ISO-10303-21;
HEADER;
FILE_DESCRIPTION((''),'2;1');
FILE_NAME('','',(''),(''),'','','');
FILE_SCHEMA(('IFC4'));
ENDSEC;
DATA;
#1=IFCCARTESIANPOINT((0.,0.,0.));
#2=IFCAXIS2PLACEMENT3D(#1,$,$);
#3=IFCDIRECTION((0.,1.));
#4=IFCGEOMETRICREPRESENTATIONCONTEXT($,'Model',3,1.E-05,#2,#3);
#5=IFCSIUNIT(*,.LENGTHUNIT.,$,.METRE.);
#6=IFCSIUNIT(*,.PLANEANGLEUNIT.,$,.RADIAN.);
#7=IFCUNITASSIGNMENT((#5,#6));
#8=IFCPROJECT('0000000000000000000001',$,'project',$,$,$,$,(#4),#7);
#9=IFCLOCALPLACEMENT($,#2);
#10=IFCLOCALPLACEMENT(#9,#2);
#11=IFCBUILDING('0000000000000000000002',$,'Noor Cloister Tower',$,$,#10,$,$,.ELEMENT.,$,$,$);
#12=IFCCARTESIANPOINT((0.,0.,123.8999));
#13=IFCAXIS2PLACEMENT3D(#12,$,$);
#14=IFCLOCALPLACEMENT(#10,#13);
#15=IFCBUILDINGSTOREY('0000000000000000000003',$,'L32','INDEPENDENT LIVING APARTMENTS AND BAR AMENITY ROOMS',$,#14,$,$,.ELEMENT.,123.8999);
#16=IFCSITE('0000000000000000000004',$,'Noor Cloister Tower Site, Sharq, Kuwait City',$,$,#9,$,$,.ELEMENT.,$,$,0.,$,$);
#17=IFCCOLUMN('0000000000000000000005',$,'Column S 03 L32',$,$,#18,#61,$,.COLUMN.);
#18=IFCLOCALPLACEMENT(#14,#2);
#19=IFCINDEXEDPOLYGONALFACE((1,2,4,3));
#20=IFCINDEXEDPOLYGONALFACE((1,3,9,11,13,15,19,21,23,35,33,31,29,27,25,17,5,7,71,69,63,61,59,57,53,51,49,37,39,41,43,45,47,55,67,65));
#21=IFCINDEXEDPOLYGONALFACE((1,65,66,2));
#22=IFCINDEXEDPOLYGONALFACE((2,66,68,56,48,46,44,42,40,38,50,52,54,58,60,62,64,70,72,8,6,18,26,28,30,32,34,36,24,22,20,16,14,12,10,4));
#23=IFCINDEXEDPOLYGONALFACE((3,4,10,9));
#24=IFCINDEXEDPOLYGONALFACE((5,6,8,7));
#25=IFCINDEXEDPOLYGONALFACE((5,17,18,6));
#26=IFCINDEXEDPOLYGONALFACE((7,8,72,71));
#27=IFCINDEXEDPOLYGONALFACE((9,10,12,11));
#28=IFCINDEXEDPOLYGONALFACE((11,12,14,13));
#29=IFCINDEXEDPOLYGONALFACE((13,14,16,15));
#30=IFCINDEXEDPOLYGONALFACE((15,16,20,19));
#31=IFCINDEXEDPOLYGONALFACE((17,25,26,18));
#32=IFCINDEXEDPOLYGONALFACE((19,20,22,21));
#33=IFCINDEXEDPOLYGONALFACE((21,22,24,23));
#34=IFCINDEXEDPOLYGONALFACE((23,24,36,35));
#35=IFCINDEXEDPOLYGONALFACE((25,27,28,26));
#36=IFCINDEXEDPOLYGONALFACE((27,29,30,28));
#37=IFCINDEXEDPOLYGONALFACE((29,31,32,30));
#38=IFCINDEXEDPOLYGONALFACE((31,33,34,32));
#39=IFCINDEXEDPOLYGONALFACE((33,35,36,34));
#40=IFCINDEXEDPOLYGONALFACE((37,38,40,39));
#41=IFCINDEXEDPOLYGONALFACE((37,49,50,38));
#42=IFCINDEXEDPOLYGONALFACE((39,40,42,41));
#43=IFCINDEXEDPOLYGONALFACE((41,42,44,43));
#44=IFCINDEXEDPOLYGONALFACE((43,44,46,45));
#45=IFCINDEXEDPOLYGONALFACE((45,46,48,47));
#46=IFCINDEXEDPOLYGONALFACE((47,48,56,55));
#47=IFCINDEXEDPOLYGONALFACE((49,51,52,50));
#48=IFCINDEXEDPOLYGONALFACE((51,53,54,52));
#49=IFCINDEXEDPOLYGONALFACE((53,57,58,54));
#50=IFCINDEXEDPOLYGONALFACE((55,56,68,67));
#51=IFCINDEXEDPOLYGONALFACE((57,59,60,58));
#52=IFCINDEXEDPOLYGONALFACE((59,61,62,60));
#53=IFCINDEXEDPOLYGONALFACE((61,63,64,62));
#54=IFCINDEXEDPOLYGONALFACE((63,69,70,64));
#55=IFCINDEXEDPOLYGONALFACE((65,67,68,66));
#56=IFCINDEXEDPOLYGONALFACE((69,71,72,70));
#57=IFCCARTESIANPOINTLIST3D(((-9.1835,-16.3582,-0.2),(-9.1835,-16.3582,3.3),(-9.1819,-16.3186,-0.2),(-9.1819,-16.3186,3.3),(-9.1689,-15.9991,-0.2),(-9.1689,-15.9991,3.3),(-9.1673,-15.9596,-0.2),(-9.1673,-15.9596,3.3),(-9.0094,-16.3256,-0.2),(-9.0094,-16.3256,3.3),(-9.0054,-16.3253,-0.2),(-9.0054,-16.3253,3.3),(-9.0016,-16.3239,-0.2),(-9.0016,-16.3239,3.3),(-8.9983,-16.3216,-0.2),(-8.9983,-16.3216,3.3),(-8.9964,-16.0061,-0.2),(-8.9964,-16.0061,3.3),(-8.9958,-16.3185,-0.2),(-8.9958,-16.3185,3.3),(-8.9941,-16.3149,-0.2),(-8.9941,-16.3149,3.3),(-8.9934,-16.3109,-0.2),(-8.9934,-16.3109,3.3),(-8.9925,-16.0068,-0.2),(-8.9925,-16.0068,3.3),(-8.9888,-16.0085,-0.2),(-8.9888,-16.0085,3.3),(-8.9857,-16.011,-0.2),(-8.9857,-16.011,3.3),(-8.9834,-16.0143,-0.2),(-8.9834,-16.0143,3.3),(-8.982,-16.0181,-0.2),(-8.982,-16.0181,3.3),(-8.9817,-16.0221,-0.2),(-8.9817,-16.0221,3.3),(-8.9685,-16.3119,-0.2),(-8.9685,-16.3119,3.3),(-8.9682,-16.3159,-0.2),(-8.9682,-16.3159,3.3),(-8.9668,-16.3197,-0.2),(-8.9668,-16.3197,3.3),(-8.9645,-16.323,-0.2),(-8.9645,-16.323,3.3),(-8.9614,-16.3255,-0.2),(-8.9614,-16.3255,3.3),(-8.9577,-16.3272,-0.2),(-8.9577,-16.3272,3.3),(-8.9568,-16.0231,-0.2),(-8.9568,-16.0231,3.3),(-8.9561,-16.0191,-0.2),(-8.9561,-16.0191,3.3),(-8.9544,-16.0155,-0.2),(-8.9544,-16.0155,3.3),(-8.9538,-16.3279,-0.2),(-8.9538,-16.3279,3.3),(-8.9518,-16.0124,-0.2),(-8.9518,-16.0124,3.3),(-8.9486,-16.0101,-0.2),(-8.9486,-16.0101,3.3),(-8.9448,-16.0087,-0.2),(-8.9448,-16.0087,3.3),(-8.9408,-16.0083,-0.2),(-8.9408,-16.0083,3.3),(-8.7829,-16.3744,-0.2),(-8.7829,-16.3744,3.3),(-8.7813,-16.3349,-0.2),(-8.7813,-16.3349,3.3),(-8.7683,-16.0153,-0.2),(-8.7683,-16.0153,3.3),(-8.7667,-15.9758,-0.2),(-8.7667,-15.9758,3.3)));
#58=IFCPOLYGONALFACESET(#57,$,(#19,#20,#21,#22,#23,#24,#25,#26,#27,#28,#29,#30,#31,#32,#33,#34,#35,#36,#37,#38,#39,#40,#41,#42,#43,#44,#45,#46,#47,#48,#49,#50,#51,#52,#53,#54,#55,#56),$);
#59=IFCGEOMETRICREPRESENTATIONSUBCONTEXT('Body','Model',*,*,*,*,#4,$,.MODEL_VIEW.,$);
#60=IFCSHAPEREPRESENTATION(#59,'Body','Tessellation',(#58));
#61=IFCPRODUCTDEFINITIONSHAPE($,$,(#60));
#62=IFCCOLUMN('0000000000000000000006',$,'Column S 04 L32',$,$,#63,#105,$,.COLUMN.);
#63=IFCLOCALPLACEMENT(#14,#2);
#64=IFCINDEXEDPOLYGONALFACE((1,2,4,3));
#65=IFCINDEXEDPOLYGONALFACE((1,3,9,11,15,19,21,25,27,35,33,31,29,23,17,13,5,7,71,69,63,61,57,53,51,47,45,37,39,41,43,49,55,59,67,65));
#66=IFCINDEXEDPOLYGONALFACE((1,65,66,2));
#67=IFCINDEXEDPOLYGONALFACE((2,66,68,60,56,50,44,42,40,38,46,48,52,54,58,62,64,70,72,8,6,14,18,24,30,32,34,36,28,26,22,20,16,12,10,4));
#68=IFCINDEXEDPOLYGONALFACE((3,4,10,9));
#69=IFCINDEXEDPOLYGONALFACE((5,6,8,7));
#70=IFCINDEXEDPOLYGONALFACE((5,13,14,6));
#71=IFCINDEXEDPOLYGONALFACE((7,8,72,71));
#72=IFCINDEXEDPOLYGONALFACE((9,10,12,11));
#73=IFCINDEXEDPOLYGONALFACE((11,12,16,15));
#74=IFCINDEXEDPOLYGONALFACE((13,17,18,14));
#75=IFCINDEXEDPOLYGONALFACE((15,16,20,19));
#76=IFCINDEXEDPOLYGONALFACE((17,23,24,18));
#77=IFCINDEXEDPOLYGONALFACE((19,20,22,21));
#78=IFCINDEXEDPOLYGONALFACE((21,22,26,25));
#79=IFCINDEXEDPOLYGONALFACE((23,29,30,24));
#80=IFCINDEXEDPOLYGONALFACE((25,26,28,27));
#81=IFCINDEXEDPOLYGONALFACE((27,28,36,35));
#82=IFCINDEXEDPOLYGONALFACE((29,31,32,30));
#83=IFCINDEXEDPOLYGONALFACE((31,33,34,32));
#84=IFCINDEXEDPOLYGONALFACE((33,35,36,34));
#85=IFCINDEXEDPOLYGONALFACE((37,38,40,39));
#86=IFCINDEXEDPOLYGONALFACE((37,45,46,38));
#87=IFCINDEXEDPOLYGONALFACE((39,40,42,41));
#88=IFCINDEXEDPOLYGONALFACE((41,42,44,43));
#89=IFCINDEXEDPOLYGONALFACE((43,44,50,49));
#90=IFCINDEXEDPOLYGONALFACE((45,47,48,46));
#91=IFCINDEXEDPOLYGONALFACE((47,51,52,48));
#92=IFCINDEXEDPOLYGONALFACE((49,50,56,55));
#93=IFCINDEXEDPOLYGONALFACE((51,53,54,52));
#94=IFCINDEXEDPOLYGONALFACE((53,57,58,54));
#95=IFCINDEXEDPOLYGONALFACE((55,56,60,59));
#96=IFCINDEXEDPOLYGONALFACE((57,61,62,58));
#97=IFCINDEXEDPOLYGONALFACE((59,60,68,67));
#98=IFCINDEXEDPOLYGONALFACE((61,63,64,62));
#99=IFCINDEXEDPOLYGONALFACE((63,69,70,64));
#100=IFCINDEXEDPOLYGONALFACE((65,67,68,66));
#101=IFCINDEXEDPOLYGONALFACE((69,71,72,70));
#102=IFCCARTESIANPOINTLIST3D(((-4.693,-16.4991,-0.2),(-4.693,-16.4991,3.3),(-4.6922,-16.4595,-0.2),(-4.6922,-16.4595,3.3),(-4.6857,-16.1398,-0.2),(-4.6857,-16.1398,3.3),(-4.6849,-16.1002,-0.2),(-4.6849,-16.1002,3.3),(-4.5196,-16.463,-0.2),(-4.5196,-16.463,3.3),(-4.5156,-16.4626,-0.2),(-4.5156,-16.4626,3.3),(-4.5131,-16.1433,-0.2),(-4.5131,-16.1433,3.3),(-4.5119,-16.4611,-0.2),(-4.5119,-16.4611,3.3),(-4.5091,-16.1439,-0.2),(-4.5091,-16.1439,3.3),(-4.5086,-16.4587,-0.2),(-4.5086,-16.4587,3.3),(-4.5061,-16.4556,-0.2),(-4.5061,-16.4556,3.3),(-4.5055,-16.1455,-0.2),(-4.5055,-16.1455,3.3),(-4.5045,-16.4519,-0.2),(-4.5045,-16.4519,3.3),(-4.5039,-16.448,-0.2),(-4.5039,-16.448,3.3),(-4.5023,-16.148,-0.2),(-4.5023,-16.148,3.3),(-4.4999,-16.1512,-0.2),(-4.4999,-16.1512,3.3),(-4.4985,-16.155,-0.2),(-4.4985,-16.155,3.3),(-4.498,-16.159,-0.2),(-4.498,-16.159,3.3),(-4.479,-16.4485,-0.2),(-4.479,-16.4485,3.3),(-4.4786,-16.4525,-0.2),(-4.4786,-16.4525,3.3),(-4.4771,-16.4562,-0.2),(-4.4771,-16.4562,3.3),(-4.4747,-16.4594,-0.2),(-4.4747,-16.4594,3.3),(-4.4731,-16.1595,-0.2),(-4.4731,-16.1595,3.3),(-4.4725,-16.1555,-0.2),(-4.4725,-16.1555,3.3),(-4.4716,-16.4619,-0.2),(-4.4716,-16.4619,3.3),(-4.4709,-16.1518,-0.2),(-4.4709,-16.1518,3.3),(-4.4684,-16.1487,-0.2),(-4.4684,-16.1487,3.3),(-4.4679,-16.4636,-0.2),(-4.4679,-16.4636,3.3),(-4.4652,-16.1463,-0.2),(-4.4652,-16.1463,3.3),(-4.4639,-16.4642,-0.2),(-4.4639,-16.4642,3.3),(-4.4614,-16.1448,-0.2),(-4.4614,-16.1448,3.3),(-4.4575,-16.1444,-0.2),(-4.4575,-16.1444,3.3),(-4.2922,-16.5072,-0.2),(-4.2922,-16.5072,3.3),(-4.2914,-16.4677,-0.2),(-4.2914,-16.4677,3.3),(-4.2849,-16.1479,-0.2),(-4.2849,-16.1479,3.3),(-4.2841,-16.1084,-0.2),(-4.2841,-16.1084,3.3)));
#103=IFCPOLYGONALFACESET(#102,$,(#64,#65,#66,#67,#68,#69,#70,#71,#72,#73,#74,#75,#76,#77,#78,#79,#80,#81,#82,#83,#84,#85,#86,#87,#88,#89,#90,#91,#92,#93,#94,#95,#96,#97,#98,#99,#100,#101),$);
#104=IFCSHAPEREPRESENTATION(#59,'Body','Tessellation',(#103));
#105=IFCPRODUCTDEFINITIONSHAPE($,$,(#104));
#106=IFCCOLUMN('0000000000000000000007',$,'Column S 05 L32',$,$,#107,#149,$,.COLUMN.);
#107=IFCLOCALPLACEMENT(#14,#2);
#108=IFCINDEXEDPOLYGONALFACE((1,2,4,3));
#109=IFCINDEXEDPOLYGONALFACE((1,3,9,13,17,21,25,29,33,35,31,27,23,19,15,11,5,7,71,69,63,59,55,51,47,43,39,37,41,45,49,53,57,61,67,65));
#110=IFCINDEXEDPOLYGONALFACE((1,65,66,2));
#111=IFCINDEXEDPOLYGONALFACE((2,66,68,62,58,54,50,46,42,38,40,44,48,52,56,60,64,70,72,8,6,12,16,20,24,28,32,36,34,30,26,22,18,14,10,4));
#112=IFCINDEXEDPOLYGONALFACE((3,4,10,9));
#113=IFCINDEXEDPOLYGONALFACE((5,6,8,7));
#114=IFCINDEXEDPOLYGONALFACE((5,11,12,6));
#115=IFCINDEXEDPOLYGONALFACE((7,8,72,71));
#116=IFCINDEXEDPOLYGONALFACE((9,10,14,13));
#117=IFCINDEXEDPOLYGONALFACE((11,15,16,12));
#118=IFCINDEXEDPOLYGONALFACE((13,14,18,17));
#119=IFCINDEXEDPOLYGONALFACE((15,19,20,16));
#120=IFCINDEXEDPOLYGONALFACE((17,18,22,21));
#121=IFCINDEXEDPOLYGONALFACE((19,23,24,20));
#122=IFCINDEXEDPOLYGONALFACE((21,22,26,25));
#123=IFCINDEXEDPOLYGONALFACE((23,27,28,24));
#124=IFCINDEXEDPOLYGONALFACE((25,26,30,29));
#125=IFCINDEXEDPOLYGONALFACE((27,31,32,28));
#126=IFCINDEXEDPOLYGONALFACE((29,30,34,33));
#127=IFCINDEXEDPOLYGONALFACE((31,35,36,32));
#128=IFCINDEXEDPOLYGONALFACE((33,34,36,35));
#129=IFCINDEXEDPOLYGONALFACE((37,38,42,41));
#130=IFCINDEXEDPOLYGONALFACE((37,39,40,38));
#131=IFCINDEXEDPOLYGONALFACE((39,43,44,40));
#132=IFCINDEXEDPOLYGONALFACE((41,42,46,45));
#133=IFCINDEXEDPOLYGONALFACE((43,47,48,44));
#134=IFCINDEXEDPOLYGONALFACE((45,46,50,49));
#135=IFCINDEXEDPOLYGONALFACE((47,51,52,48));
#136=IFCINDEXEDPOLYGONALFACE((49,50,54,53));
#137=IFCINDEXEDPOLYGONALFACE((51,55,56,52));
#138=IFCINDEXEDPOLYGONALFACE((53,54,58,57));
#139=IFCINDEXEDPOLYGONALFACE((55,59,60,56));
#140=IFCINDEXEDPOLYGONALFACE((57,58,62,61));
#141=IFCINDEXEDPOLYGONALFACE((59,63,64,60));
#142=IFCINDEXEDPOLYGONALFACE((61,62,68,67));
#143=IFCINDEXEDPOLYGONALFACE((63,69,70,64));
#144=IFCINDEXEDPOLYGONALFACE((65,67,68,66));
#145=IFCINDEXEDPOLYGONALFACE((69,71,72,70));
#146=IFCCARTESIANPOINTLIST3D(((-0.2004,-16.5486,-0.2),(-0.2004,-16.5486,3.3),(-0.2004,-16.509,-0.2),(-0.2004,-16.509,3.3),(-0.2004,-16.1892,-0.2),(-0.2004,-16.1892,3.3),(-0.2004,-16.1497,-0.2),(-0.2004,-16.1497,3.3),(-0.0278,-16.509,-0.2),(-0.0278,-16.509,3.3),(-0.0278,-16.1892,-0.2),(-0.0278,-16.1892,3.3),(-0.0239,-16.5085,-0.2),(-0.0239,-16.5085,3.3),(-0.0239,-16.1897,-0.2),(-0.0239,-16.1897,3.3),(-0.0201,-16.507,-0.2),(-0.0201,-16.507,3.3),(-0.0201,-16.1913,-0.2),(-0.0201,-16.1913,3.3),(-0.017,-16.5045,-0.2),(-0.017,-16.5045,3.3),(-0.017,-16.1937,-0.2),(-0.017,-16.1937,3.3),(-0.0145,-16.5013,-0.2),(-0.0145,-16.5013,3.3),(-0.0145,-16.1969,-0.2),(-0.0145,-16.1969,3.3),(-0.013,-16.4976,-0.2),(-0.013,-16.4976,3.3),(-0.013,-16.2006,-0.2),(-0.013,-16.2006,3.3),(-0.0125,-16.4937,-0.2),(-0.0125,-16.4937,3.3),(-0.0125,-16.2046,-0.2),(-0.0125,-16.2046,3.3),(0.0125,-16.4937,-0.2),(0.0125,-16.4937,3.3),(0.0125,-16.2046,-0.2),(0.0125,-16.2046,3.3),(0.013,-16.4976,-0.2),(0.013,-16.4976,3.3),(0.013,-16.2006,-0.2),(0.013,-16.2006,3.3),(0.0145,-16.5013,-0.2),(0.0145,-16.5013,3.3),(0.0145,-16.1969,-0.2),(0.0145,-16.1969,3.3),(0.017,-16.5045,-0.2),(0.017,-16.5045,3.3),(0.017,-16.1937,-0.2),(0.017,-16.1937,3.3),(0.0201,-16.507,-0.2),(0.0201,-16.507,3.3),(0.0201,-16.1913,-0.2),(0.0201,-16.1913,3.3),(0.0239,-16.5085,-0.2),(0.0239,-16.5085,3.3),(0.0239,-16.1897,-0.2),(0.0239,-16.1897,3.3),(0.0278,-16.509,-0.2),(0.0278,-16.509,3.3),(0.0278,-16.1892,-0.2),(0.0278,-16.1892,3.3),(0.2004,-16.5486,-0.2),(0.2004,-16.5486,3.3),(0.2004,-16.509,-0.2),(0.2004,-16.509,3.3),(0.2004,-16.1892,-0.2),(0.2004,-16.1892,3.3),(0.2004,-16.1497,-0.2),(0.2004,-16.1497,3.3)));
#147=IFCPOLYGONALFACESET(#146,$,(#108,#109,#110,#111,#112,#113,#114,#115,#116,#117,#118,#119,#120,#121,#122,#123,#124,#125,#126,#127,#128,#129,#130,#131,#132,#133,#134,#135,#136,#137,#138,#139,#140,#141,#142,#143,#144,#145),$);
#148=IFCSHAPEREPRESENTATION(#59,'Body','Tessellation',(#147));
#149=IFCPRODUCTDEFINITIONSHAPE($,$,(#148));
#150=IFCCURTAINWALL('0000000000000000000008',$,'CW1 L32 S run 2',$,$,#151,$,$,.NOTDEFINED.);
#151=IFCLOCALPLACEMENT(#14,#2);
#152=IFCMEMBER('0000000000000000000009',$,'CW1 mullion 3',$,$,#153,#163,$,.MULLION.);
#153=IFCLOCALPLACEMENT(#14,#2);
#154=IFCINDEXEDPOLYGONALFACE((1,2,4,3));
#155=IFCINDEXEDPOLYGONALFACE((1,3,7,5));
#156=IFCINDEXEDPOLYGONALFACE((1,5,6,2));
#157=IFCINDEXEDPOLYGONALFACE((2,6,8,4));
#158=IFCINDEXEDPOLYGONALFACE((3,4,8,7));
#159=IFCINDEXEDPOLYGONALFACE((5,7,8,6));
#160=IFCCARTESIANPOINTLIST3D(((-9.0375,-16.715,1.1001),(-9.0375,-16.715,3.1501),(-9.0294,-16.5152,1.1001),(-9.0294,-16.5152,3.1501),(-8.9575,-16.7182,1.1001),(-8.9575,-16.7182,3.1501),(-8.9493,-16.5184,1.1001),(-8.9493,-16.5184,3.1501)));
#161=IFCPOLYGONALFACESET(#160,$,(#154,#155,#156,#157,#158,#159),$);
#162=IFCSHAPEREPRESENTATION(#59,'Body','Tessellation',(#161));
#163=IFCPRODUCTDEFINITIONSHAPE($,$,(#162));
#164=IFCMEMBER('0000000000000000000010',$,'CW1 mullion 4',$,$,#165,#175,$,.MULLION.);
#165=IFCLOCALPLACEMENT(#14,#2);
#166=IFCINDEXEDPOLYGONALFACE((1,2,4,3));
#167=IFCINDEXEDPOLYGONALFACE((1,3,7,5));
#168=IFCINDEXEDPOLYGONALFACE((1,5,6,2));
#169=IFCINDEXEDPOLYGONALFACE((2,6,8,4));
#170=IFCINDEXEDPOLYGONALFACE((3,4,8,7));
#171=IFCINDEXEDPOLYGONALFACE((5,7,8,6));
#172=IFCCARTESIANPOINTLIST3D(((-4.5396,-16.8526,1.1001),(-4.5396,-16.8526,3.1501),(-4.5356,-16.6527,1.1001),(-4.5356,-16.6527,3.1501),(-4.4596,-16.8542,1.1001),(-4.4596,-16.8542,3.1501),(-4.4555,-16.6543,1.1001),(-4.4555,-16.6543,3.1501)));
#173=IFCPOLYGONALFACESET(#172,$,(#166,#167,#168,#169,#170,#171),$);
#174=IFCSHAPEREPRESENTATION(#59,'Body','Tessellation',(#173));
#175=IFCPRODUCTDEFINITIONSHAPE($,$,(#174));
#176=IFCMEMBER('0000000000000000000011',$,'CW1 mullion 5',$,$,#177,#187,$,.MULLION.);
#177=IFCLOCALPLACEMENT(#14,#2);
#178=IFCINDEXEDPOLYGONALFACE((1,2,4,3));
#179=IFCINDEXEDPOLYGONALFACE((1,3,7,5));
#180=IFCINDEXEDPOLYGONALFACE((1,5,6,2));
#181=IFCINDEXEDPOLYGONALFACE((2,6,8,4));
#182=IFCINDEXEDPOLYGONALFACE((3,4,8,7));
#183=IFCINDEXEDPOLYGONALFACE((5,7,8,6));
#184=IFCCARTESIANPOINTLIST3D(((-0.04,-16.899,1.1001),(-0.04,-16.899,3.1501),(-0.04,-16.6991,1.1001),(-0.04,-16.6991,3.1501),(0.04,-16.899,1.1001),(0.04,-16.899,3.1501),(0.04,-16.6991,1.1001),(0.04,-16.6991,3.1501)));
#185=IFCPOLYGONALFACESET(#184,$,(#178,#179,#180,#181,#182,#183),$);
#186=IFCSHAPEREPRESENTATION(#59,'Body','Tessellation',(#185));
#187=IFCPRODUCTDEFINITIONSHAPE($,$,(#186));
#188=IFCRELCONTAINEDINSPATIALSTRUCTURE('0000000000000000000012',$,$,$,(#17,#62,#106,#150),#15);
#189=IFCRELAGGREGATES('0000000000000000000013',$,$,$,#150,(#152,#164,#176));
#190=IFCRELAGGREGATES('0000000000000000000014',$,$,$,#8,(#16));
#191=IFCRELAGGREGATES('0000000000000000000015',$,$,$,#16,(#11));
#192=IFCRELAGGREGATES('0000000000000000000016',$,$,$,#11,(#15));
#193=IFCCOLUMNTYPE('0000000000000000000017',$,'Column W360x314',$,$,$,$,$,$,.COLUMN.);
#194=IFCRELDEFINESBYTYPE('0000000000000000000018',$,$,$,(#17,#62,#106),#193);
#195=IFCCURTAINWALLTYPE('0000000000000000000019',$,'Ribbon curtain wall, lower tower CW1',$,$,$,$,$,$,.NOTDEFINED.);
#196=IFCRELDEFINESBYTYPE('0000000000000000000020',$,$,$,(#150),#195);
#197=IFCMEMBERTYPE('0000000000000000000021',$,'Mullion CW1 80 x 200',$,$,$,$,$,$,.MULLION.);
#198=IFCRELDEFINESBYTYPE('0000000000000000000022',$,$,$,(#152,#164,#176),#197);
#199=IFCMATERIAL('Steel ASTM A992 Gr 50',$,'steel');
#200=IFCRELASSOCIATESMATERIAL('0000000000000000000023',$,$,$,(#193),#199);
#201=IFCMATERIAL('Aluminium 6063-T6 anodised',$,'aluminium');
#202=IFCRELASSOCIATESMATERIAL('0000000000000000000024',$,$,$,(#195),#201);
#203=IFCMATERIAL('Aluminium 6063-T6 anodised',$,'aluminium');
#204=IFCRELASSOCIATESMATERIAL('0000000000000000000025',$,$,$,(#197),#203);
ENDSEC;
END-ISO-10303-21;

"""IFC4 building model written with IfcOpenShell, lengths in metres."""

from ifc_helpers import new_model, si_unit, direction, frame, origin, origin_2d, place, context, subcontext, project, spatial, rectangle, i_section, extrude, material, material_profile, profile_set, type_object, element, aggregate, save


model = new_model("IFC4")

# Units and contexts
model_context = context("Model", 3, precision=1e-05, world=origin(), true_north=direction((0.0, 1.0)))
body_context = subcontext(model_context, "Body", "Model", "MODEL_VIEW")
ifc_project = project(units=[si_unit("LENGTHUNIT", "METRE"), si_unit("PLANEANGLEUNIT", "RADIAN")], contexts=[model_context])

# Site, building, storey
site_placement = place(None, origin())
site = spatial("IfcSite", under=ifc_project, at=site_placement, Name="Noor Cloister Tower Site, Sharq, Kuwait City", CompositionType="ELEMENT", RefElevation=0.0)
building_placement = place(site_placement, origin())
building = spatial("IfcBuilding", under=site, at=building_placement, Name="Noor Cloister Tower", CompositionType="ELEMENT")
storey_placement = place(building_placement, frame((0.0, 0.0, 123.8999)))
storey = spatial("IfcBuildingStorey", under=building, at=storey_placement, Name="L32", Description="INDEPENDENT LIVING APARTMENTS AND BAR AMENITY ROOMS", CompositionType="ELEMENT", Elevation=123.8999)

# Columns
ifc_material_1 = material(Name="Steel ASTM A992 Gr 50", Category="steel")
ifc_material_profile_1 = material_profile(ifc_material_1, i_section(OverallWidth=0.4009, OverallDepth=0.3989, WebThickness=0.0249, FlangeThickness=0.0396, FilletRadius=0.0154, at=origin_2d()), Name="W360x314")
ifc_profile_set_1 = profile_set([ifc_material_profile_1], Name="Steel ASTM A992 Gr 50")
column_type = type_object("IfcColumnType", Name="Column W360x314", PredefinedType="COLUMN", material=ifc_profile_set_1)
for number, where, z_axis, x_axis, name in (
    (1, (-8.9751, -16.167, -0.2), (0.0, 0.0, 1.0), (0.999176, -0.040578, 0.0), "Column S 03 L32"),
    (2, (-4.4885, -16.3037, -0.2), (0.0, 0.0, 1.0), (0.999794, -0.020293, 0.0), "Column S 04 L32"),
    (3, (0.0, -16.3491, -0.2), (0.0, 0.0, 1.0), (1.0, 0.0, 0.0), "Column S 05 L32"),
):
    element("IfcColumn", number, at=place(storey_placement, frame(where, z_axis=z_axis, x_axis=x_axis)), inside=storey, type_object=column_type, Name=name, PredefinedType="COLUMN", context=body_context, shape_type="SweptSolid", body=[
        extrude(i_section(OverallWidth=0.4009, OverallDepth=0.3989, WebThickness=0.0249, FlangeThickness=0.0396, FilletRadius=0.0154, at=origin_2d()), origin(), (0.0, 0.0, 1.0), 3.5),
    ])

# Curtain wall, members
ifc_material_2 = material(Name="Aluminium 6063-T6 anodised", Category="aluminium")
curtain_wall_type = type_object("IfcCurtainWallType", Name="Ribbon curtain wall, lower tower CW1", PredefinedType="NOTDEFINED", material=ifc_material_2)
curtain_wall_placement = place(storey_placement, origin())
curtain_wall = element("IfcCurtainWall", 4, at=curtain_wall_placement, inside=storey, type_object=curtain_wall_type, Name="CW1 L32 S run 2", PredefinedType="NOTDEFINED")
ifc_material_3 = material(Name="Aluminium 6063-T6 anodised", Category="aluminium")
ifc_material_profile_2 = material_profile(ifc_material_3, rectangle(XDim=0.2, YDim=0.0801, at=origin_2d()), Name="200 x 80 mullion")
ifc_profile_set_2 = profile_set([ifc_material_profile_2], Name="Aluminium 6063-T6 anodised")
member_type = type_object("IfcMemberType", Name="Mullion CW1 80 x 200", PredefinedType="MULLION", material=ifc_profile_set_2)
member_1_placement = place(storey_placement, frame((-8.9934, -16.6167, 1.1001), z_axis=(0.0, 0.0, 1.0), x_axis=(0.040578, 0.999176, 0.0)))
member_1 = element("IfcMember", 5, at=member_1_placement, type_object=member_type, Name="CW1 mullion 3", PredefinedType="MULLION", context=body_context, shape_type="SweptSolid", body=[
    extrude(rectangle(XDim=0.2, YDim=0.0801, at=origin_2d()), origin(), (0.0, 0.0, 1.0), 2.05),
])
member_2_placement = place(storey_placement, frame((-4.4976, -16.7534, 1.1001), z_axis=(0.0, 0.0, 1.0), x_axis=(0.020293, 0.999794, 0.0)))
member_2 = element("IfcMember", 6, at=member_2_placement, type_object=member_type, Name="CW1 mullion 4", PredefinedType="MULLION", context=body_context, shape_type="SweptSolid", body=[
    extrude(rectangle(XDim=0.2, YDim=0.0801, at=origin_2d()), origin(), (0.0, 0.0, 1.0), 2.05),
])
member_3_placement = place(storey_placement, frame((0.0, -16.7991, 1.1001), z_axis=(0.0, 0.0, 1.0), x_axis=(0.0, 1.0, 0.0)))
member_3 = element("IfcMember", 7, at=member_3_placement, type_object=member_type, Name="CW1 mullion 5", PredefinedType="MULLION", context=body_context, shape_type="SweptSolid", body=[
    extrude(rectangle(XDim=0.2, YDim=0.0801, at=origin_2d()), origin(), (0.0, 0.0, 1.0), 2.05),
])

aggregate(curtain_wall, [member_1, member_2, member_3])

save(model, "model.ifc")
